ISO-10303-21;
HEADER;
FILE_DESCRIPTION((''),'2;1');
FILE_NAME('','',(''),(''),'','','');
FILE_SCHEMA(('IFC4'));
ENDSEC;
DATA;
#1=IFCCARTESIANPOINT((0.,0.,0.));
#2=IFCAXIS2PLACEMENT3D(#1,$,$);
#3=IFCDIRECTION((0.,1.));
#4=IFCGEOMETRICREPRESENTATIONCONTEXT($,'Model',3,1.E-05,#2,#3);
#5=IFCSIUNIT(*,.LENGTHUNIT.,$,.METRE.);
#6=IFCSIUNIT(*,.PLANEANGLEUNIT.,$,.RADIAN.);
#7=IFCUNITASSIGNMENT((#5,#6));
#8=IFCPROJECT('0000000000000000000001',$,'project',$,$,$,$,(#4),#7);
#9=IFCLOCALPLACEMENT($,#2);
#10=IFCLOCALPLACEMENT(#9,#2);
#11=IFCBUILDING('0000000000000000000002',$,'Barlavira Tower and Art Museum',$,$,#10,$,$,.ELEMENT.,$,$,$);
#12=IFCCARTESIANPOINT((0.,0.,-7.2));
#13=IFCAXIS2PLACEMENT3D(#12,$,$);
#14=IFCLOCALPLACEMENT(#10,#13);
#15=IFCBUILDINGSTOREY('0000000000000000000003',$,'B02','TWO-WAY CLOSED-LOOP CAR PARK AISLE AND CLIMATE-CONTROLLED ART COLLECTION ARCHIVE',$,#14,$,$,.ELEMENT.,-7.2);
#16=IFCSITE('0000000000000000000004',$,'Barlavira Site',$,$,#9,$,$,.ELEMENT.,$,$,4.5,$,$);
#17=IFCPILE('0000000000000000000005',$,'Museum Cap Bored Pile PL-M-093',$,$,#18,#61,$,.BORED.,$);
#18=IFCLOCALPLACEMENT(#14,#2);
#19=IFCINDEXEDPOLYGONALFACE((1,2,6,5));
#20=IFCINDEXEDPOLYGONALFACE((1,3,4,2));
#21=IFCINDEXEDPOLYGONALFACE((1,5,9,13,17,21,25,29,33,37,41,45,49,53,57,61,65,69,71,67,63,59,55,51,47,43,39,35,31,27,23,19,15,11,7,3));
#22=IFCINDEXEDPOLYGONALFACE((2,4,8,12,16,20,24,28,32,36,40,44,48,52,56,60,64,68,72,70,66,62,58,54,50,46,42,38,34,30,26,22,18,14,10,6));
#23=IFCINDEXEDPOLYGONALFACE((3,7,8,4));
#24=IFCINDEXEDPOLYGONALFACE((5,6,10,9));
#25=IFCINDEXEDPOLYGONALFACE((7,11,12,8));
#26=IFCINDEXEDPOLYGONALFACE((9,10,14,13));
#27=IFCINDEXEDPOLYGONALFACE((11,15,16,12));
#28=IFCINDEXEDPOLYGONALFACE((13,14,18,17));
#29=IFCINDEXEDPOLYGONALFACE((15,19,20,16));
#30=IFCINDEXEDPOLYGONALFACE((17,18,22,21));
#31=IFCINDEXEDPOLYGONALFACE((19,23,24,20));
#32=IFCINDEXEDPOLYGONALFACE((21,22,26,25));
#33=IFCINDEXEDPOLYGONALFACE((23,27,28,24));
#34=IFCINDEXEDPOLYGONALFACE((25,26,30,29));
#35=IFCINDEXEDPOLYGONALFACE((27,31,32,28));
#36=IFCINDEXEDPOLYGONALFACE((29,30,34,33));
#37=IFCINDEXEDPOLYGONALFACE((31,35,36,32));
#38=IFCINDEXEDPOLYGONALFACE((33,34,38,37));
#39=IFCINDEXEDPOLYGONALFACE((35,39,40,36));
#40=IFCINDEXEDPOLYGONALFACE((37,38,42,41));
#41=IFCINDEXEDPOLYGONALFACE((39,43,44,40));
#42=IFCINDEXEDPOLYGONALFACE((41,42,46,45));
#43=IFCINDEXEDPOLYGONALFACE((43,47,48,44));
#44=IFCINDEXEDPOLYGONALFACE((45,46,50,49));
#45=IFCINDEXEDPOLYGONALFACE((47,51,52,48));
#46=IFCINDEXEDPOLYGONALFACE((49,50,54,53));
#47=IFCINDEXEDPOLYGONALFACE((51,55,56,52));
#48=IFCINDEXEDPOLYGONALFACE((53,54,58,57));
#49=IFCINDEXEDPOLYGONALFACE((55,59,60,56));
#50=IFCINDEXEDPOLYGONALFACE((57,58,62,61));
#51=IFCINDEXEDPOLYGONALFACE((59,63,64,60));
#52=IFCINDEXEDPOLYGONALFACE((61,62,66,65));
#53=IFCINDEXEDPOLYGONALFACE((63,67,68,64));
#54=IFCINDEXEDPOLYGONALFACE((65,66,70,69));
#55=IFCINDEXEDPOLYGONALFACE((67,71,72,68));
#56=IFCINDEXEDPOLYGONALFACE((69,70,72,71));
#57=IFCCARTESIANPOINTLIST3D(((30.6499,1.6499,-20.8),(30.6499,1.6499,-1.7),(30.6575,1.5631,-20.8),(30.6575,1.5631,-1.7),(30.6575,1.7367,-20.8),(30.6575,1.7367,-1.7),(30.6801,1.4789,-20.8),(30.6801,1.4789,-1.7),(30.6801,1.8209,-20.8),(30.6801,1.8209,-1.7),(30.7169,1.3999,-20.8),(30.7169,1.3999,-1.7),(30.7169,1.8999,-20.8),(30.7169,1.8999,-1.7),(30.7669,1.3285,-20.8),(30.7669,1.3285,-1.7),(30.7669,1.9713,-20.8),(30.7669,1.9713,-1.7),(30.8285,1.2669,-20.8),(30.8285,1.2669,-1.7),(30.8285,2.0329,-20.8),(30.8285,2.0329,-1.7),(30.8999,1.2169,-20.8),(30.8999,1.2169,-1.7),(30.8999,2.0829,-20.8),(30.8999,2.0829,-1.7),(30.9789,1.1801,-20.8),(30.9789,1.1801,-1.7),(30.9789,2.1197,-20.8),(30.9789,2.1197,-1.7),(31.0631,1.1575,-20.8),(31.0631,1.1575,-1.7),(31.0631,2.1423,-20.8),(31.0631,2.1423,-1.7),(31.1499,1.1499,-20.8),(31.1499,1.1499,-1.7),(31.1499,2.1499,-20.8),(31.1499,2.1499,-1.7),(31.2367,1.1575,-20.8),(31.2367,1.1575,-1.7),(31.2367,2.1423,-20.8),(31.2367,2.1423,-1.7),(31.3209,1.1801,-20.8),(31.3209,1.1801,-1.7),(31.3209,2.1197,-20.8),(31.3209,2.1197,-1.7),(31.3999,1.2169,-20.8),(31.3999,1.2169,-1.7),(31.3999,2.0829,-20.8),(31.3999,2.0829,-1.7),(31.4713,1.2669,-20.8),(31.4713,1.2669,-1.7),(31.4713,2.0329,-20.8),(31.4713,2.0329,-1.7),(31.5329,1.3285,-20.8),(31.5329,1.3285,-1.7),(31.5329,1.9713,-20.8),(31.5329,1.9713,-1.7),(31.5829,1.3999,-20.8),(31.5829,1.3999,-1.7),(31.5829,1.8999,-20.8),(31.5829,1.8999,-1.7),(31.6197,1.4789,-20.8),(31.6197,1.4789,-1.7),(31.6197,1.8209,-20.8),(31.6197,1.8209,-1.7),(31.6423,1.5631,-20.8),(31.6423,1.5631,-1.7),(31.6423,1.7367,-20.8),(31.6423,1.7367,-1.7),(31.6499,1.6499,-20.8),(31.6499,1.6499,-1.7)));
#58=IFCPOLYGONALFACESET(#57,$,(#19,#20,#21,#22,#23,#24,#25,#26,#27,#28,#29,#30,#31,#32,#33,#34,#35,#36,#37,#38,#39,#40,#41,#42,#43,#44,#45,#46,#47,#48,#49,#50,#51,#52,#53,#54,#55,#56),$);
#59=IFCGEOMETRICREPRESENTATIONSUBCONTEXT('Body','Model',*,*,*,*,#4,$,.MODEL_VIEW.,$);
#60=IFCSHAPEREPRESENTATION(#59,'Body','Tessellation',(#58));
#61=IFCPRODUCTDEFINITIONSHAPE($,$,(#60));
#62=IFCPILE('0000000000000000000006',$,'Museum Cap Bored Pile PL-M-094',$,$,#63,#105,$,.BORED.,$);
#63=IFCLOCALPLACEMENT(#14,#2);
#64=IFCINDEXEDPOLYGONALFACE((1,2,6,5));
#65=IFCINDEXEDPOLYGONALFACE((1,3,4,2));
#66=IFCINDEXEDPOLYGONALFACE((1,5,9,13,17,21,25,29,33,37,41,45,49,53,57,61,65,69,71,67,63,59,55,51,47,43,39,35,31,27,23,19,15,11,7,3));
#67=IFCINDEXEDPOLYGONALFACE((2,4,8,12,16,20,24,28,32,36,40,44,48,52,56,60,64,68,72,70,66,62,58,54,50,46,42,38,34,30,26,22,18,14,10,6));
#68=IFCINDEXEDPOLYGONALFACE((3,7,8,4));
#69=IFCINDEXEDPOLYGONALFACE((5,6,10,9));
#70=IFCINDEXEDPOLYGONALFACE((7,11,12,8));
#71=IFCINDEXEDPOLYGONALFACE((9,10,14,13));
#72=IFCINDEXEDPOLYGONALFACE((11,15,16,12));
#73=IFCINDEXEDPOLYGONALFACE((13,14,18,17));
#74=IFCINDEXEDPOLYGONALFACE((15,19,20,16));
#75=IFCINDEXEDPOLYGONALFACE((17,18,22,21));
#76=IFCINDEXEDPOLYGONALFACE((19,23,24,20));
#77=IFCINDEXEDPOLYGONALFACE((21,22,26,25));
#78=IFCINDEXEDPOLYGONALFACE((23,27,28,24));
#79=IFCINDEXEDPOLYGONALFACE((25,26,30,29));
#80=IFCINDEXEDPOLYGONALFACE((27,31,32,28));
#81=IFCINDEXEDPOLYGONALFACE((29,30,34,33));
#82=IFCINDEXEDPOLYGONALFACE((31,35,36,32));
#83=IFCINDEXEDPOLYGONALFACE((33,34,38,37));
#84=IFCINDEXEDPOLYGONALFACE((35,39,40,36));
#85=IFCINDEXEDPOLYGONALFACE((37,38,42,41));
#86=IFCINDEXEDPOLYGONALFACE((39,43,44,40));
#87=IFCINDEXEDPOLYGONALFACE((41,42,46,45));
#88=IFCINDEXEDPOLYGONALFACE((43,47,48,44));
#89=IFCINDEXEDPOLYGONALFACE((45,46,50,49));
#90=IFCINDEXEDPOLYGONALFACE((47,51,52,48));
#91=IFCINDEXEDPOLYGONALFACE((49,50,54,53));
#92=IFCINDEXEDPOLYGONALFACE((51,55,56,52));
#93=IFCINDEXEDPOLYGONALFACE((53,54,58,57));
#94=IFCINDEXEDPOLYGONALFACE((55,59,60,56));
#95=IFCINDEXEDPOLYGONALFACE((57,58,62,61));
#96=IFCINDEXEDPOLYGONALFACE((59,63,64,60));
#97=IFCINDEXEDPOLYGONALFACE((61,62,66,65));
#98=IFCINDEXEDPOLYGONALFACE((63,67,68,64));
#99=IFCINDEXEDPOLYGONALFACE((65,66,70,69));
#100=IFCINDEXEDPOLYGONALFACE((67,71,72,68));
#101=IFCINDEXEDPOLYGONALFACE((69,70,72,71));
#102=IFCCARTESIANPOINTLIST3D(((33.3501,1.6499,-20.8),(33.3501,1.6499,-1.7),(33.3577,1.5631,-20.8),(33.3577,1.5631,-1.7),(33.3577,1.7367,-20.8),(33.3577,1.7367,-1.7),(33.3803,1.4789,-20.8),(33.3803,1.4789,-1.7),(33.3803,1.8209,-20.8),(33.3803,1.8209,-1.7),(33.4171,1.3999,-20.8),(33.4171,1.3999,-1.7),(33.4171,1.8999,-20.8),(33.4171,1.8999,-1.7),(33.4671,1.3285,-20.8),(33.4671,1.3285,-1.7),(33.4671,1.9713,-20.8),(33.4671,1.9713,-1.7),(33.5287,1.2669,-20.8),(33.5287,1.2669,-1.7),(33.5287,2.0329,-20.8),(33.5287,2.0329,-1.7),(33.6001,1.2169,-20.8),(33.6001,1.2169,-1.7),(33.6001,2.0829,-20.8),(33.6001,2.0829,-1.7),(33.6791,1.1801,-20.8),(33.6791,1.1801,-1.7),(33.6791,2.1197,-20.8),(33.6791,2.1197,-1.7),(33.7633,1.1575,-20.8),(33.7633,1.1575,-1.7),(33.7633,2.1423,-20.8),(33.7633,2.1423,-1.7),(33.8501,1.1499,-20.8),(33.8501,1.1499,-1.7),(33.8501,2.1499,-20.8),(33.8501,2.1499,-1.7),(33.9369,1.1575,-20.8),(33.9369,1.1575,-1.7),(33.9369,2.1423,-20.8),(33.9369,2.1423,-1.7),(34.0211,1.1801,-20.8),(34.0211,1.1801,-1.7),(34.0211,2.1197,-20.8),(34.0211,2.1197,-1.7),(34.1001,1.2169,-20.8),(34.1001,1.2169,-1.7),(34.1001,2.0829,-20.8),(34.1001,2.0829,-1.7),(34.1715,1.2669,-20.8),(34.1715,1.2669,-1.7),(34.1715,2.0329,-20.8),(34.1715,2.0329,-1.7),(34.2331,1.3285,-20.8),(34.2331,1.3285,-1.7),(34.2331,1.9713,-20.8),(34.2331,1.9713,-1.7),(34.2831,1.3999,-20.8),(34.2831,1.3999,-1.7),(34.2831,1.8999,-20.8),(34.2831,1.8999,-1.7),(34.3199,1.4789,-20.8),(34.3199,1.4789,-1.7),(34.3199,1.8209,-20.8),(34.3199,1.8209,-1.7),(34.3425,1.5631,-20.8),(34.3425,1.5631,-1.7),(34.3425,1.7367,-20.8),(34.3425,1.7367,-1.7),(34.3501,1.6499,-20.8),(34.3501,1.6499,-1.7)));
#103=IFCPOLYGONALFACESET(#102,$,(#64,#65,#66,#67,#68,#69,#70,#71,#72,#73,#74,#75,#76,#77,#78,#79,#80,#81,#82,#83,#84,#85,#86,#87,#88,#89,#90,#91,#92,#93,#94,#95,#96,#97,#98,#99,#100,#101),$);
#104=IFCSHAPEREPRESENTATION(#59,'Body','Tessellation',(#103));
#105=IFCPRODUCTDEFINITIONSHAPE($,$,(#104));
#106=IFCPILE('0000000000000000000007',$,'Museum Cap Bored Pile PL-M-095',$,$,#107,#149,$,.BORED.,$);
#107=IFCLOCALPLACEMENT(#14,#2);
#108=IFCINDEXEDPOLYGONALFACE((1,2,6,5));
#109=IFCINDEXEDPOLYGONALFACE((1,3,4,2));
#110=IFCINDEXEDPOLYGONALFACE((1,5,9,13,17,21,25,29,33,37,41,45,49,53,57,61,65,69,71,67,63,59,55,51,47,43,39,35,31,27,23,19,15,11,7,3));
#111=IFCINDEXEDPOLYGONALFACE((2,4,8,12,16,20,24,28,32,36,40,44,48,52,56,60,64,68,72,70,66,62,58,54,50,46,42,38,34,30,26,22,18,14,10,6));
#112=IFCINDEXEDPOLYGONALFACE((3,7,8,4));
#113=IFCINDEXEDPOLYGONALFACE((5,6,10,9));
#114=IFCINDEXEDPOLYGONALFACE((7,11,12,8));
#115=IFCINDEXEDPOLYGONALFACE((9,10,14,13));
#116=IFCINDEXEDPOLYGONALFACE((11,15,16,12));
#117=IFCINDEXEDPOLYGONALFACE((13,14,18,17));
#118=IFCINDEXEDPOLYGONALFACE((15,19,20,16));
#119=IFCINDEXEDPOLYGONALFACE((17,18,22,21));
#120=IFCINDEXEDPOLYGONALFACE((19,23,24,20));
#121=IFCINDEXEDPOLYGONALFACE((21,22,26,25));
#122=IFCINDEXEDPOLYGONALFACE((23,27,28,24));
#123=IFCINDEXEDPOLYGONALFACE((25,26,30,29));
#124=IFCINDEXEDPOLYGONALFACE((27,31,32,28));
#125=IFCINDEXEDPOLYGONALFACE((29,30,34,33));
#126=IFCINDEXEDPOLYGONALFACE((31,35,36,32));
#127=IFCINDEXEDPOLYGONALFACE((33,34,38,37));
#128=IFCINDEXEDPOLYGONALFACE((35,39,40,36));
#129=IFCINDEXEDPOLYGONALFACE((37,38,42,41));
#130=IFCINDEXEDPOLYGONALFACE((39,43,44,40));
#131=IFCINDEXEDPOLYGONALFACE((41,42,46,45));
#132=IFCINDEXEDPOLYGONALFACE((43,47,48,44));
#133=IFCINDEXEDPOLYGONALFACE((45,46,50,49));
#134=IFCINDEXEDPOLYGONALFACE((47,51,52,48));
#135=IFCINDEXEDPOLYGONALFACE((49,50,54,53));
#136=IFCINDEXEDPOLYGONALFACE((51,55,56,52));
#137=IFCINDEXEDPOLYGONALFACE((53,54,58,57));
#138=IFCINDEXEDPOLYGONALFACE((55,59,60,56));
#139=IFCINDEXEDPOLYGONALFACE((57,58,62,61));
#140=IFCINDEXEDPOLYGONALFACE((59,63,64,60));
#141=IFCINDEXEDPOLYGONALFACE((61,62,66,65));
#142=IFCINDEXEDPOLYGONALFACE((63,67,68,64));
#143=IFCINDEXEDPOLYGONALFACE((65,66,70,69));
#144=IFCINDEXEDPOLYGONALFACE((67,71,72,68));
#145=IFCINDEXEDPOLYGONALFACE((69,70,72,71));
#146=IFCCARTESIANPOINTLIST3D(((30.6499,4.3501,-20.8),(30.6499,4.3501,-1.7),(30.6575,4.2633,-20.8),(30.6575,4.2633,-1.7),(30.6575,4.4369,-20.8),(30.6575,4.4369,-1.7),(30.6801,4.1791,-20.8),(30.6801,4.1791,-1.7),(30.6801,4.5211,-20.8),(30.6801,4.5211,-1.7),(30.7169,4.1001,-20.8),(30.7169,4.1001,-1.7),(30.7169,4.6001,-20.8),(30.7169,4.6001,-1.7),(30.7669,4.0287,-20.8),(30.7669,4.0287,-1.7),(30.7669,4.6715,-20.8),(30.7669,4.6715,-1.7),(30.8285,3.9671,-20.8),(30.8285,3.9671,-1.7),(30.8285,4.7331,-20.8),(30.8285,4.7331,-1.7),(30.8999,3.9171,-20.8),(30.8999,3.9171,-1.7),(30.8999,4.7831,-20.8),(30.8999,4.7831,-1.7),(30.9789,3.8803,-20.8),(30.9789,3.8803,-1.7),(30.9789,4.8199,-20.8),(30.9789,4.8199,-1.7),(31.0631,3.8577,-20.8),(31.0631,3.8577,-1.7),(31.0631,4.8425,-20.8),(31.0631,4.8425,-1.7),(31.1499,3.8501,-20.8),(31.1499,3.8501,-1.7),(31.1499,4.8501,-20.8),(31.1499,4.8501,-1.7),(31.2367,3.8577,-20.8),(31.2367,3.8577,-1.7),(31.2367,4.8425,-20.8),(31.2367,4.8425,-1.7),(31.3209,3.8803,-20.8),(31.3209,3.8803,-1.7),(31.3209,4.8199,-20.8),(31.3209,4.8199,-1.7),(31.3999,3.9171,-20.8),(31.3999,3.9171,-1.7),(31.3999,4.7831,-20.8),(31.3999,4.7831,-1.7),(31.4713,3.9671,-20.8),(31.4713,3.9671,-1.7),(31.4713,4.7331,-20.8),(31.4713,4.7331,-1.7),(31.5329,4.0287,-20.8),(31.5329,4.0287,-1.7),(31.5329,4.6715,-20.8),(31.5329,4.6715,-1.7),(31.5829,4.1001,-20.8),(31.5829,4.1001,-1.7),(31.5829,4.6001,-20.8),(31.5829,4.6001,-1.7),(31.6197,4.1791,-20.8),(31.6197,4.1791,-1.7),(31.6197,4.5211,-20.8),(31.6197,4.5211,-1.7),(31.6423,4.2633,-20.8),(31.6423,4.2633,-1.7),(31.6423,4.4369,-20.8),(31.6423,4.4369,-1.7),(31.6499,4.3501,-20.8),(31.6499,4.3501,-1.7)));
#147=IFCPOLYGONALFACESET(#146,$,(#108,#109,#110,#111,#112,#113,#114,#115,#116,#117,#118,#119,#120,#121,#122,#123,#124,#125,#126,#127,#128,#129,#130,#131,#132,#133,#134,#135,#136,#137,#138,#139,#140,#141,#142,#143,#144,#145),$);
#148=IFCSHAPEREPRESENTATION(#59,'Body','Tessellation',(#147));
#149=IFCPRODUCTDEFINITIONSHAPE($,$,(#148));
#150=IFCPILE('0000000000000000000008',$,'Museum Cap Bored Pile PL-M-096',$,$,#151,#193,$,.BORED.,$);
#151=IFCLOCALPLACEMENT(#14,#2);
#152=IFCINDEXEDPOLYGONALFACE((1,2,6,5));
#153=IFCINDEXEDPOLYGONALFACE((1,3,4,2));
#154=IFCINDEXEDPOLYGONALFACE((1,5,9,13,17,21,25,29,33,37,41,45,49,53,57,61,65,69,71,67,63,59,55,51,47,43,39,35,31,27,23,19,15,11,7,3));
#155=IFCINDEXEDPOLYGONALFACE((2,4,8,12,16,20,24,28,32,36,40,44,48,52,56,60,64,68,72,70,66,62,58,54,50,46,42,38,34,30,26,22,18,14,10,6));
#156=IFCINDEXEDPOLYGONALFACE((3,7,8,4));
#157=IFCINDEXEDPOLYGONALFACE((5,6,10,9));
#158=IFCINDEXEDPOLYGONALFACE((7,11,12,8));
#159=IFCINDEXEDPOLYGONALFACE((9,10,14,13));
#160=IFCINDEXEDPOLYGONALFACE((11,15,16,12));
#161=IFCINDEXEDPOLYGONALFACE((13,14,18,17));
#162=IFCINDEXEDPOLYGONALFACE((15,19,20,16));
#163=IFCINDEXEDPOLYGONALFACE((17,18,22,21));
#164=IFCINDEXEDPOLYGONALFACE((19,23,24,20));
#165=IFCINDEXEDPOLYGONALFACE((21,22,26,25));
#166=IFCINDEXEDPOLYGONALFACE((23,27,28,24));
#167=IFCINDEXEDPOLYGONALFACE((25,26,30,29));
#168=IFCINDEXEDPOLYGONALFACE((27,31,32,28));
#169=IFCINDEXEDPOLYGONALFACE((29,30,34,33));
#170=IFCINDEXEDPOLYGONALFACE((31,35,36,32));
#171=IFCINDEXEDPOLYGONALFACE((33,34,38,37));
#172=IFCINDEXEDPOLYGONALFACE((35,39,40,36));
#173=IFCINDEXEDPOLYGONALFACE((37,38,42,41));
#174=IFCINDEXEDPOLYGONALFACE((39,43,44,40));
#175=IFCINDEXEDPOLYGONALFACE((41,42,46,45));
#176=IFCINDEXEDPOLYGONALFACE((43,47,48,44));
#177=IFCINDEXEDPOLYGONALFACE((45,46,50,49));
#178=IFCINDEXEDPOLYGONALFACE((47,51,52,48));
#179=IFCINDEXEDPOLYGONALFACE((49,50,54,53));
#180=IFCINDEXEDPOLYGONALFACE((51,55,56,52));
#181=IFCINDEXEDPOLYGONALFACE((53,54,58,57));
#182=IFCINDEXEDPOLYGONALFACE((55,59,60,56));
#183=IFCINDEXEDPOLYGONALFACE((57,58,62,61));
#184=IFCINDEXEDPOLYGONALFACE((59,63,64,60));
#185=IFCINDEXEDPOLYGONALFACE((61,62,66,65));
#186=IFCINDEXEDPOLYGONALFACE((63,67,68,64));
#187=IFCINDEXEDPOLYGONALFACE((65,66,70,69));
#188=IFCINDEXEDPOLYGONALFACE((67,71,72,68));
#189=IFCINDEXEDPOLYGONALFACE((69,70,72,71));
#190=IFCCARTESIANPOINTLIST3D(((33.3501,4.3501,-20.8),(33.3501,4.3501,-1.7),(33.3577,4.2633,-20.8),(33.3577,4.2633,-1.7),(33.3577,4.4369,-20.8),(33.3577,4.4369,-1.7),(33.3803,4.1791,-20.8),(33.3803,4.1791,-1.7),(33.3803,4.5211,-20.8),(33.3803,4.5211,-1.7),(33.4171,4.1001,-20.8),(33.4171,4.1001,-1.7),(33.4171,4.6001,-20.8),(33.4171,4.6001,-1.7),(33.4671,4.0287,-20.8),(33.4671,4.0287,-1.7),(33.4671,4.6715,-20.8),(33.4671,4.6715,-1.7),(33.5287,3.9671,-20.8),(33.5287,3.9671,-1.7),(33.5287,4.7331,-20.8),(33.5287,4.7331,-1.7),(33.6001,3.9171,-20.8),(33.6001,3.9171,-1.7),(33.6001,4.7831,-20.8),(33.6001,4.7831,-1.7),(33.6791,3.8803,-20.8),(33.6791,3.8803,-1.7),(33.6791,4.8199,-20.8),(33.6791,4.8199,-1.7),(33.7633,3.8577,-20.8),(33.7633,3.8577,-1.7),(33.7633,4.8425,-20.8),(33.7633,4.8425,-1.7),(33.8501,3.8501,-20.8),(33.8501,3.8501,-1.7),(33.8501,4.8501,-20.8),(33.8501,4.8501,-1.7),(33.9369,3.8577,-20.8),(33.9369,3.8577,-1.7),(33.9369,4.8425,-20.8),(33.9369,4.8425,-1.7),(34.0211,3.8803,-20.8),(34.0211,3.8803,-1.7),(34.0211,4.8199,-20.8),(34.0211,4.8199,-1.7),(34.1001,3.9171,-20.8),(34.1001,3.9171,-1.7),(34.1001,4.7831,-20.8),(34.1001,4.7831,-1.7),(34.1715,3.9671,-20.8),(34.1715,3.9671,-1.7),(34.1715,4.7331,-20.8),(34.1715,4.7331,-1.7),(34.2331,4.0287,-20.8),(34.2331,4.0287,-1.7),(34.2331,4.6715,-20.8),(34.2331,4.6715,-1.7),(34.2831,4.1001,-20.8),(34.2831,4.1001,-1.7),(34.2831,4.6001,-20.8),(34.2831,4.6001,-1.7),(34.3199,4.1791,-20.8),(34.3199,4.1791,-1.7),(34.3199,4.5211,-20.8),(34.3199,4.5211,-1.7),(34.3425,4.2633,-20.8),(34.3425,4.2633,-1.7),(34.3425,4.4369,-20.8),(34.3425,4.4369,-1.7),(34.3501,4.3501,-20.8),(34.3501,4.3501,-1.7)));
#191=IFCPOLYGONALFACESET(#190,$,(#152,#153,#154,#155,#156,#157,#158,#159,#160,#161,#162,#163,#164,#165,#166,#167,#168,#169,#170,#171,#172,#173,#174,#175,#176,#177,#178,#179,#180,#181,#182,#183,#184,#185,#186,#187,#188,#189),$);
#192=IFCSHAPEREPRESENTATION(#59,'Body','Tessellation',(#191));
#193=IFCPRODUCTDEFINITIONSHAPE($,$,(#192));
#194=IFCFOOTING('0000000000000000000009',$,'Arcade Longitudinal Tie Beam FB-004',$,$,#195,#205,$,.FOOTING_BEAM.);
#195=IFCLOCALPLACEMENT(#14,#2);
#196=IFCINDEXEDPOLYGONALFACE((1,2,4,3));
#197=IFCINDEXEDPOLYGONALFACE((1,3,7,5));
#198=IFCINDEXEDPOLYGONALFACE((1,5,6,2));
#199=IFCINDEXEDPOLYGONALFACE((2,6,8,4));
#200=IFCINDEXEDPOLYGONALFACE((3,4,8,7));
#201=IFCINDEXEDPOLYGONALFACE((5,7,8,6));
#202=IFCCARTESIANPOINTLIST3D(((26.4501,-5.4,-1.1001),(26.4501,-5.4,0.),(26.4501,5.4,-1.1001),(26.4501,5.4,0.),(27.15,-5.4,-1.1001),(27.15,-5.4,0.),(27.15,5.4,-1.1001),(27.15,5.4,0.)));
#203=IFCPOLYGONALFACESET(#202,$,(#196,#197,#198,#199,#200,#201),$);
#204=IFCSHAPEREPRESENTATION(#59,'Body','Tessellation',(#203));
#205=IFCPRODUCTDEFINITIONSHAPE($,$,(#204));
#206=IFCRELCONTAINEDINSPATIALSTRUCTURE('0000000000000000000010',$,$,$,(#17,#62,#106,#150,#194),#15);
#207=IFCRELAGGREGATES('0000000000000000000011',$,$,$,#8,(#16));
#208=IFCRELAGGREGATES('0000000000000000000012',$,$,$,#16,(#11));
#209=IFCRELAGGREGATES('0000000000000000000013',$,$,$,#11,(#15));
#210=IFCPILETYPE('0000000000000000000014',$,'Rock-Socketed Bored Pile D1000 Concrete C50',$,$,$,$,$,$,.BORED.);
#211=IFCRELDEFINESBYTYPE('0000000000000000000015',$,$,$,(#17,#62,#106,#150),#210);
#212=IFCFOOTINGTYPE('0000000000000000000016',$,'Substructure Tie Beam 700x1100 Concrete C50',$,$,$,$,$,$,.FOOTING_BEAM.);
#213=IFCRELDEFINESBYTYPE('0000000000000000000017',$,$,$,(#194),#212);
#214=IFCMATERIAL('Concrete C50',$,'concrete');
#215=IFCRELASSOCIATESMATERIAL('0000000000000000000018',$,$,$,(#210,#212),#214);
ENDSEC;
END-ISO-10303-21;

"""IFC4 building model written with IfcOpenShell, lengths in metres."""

from ifc_helpers import new_model, si_unit, direction, frame, origin, origin_2d, place, context, subcontext, project, spatial, rectangle, circle, extrude, material, material_profile, profile_set, type_object, element, save


model = new_model("IFC4")

# Units and contexts
model_context = context("Model", 3, precision=1e-05, world=origin(), true_north=direction((0.0, 1.0)))
body_context = subcontext(model_context, "Body", "Model", "MODEL_VIEW")
ifc_project = project(units=[si_unit("LENGTHUNIT", "METRE"), si_unit("PLANEANGLEUNIT", "RADIAN")], contexts=[model_context])

# Site, building, storey
site_placement = place(None, origin())
site = spatial("IfcSite", under=ifc_project, at=site_placement, Name="Barlavira Site", CompositionType="ELEMENT", RefElevation=4.5)
building_placement = place(site_placement, origin())
building = spatial("IfcBuilding", under=site, at=building_placement, Name="Barlavira Tower and Art Museum", CompositionType="ELEMENT")
storey_placement = place(building_placement, frame((0.0, 0.0, -7.2)))
storey = spatial("IfcBuildingStorey", under=building, at=storey_placement, Name="B02", Description="TWO-WAY CLOSED-LOOP CAR PARK AISLE AND CLIMATE-CONTROLLED ART COLLECTION ARCHIVE", CompositionType="ELEMENT", Elevation=-7.2)

# Shared definitions
ifc_material_1 = material(Name="Concrete C50", Category="concrete")

# Piles
ifc_material_profile_1 = material_profile(ifc_material_1, circle(Radius=0.5, at=origin_2d()), Name="BORED PILE D1000")
ifc_profile_set_1 = profile_set([ifc_material_profile_1], Name="Concrete C50")
pile_type = type_object("IfcPileType", Name="Rock-Socketed Bored Pile D1000 Concrete C50", PredefinedType="BORED", material=ifc_profile_set_1)
for number, where, z_axis, x_axis, name in (
    (1, (31.1499, 1.6499, -1.7), (0.0, 0.0, -1.0), (1.0, 0.0, 0.0), "Museum Cap Bored Pile PL-M-093"),
    (2, (33.8501, 1.6499, -1.7), (0.0, 0.0, -1.0), (1.0, 0.0, 0.0), "Museum Cap Bored Pile PL-M-094"),
    (3, (31.1499, 4.3501, -1.7), (0.0, 0.0, -1.0), (1.0, 0.0, 0.0), "Museum Cap Bored Pile PL-M-095"),
    (4, (33.8501, 4.3501, -1.7), (0.0, 0.0, -1.0), (1.0, 0.0, 0.0), "Museum Cap Bored Pile PL-M-096"),
):
    element("IfcPile", number, at=place(storey_placement, frame(where, z_axis=z_axis, x_axis=x_axis)), inside=storey, type_object=pile_type, Name=name, PredefinedType="BORED", context=body_context, shape_type="SweptSolid", body=[
        extrude(circle(Radius=0.5, at=origin_2d()), origin(), (0.0, 0.0, 1.0), 19.1001),
    ])

# Footing
footing_type_1 = type_object("IfcFootingType", Name="Substructure Tie Beam 700x1100 Concrete C50", PredefinedType="FOOTING_BEAM", material=ifc_material_1)
footing_1_placement = place(storey_placement, frame((26.8, 0.0, -1.1001), z_axis=(0.0, 0.0, 1.0), x_axis=(1.0, 0.0, 0.0)))
element("IfcFooting", 5, at=footing_1_placement, inside=storey, type_object=footing_type_1, Name="Arcade Longitudinal Tie Beam FB-004", PredefinedType="FOOTING_BEAM", context=body_context, shape_type="SweptSolid", body=[
    extrude(rectangle(XDim=0.7, YDim=10.8, at=origin_2d()), origin(), (0.0, 0.0, 1.0), 1.1001),
])

save(model, "model.ifc")
